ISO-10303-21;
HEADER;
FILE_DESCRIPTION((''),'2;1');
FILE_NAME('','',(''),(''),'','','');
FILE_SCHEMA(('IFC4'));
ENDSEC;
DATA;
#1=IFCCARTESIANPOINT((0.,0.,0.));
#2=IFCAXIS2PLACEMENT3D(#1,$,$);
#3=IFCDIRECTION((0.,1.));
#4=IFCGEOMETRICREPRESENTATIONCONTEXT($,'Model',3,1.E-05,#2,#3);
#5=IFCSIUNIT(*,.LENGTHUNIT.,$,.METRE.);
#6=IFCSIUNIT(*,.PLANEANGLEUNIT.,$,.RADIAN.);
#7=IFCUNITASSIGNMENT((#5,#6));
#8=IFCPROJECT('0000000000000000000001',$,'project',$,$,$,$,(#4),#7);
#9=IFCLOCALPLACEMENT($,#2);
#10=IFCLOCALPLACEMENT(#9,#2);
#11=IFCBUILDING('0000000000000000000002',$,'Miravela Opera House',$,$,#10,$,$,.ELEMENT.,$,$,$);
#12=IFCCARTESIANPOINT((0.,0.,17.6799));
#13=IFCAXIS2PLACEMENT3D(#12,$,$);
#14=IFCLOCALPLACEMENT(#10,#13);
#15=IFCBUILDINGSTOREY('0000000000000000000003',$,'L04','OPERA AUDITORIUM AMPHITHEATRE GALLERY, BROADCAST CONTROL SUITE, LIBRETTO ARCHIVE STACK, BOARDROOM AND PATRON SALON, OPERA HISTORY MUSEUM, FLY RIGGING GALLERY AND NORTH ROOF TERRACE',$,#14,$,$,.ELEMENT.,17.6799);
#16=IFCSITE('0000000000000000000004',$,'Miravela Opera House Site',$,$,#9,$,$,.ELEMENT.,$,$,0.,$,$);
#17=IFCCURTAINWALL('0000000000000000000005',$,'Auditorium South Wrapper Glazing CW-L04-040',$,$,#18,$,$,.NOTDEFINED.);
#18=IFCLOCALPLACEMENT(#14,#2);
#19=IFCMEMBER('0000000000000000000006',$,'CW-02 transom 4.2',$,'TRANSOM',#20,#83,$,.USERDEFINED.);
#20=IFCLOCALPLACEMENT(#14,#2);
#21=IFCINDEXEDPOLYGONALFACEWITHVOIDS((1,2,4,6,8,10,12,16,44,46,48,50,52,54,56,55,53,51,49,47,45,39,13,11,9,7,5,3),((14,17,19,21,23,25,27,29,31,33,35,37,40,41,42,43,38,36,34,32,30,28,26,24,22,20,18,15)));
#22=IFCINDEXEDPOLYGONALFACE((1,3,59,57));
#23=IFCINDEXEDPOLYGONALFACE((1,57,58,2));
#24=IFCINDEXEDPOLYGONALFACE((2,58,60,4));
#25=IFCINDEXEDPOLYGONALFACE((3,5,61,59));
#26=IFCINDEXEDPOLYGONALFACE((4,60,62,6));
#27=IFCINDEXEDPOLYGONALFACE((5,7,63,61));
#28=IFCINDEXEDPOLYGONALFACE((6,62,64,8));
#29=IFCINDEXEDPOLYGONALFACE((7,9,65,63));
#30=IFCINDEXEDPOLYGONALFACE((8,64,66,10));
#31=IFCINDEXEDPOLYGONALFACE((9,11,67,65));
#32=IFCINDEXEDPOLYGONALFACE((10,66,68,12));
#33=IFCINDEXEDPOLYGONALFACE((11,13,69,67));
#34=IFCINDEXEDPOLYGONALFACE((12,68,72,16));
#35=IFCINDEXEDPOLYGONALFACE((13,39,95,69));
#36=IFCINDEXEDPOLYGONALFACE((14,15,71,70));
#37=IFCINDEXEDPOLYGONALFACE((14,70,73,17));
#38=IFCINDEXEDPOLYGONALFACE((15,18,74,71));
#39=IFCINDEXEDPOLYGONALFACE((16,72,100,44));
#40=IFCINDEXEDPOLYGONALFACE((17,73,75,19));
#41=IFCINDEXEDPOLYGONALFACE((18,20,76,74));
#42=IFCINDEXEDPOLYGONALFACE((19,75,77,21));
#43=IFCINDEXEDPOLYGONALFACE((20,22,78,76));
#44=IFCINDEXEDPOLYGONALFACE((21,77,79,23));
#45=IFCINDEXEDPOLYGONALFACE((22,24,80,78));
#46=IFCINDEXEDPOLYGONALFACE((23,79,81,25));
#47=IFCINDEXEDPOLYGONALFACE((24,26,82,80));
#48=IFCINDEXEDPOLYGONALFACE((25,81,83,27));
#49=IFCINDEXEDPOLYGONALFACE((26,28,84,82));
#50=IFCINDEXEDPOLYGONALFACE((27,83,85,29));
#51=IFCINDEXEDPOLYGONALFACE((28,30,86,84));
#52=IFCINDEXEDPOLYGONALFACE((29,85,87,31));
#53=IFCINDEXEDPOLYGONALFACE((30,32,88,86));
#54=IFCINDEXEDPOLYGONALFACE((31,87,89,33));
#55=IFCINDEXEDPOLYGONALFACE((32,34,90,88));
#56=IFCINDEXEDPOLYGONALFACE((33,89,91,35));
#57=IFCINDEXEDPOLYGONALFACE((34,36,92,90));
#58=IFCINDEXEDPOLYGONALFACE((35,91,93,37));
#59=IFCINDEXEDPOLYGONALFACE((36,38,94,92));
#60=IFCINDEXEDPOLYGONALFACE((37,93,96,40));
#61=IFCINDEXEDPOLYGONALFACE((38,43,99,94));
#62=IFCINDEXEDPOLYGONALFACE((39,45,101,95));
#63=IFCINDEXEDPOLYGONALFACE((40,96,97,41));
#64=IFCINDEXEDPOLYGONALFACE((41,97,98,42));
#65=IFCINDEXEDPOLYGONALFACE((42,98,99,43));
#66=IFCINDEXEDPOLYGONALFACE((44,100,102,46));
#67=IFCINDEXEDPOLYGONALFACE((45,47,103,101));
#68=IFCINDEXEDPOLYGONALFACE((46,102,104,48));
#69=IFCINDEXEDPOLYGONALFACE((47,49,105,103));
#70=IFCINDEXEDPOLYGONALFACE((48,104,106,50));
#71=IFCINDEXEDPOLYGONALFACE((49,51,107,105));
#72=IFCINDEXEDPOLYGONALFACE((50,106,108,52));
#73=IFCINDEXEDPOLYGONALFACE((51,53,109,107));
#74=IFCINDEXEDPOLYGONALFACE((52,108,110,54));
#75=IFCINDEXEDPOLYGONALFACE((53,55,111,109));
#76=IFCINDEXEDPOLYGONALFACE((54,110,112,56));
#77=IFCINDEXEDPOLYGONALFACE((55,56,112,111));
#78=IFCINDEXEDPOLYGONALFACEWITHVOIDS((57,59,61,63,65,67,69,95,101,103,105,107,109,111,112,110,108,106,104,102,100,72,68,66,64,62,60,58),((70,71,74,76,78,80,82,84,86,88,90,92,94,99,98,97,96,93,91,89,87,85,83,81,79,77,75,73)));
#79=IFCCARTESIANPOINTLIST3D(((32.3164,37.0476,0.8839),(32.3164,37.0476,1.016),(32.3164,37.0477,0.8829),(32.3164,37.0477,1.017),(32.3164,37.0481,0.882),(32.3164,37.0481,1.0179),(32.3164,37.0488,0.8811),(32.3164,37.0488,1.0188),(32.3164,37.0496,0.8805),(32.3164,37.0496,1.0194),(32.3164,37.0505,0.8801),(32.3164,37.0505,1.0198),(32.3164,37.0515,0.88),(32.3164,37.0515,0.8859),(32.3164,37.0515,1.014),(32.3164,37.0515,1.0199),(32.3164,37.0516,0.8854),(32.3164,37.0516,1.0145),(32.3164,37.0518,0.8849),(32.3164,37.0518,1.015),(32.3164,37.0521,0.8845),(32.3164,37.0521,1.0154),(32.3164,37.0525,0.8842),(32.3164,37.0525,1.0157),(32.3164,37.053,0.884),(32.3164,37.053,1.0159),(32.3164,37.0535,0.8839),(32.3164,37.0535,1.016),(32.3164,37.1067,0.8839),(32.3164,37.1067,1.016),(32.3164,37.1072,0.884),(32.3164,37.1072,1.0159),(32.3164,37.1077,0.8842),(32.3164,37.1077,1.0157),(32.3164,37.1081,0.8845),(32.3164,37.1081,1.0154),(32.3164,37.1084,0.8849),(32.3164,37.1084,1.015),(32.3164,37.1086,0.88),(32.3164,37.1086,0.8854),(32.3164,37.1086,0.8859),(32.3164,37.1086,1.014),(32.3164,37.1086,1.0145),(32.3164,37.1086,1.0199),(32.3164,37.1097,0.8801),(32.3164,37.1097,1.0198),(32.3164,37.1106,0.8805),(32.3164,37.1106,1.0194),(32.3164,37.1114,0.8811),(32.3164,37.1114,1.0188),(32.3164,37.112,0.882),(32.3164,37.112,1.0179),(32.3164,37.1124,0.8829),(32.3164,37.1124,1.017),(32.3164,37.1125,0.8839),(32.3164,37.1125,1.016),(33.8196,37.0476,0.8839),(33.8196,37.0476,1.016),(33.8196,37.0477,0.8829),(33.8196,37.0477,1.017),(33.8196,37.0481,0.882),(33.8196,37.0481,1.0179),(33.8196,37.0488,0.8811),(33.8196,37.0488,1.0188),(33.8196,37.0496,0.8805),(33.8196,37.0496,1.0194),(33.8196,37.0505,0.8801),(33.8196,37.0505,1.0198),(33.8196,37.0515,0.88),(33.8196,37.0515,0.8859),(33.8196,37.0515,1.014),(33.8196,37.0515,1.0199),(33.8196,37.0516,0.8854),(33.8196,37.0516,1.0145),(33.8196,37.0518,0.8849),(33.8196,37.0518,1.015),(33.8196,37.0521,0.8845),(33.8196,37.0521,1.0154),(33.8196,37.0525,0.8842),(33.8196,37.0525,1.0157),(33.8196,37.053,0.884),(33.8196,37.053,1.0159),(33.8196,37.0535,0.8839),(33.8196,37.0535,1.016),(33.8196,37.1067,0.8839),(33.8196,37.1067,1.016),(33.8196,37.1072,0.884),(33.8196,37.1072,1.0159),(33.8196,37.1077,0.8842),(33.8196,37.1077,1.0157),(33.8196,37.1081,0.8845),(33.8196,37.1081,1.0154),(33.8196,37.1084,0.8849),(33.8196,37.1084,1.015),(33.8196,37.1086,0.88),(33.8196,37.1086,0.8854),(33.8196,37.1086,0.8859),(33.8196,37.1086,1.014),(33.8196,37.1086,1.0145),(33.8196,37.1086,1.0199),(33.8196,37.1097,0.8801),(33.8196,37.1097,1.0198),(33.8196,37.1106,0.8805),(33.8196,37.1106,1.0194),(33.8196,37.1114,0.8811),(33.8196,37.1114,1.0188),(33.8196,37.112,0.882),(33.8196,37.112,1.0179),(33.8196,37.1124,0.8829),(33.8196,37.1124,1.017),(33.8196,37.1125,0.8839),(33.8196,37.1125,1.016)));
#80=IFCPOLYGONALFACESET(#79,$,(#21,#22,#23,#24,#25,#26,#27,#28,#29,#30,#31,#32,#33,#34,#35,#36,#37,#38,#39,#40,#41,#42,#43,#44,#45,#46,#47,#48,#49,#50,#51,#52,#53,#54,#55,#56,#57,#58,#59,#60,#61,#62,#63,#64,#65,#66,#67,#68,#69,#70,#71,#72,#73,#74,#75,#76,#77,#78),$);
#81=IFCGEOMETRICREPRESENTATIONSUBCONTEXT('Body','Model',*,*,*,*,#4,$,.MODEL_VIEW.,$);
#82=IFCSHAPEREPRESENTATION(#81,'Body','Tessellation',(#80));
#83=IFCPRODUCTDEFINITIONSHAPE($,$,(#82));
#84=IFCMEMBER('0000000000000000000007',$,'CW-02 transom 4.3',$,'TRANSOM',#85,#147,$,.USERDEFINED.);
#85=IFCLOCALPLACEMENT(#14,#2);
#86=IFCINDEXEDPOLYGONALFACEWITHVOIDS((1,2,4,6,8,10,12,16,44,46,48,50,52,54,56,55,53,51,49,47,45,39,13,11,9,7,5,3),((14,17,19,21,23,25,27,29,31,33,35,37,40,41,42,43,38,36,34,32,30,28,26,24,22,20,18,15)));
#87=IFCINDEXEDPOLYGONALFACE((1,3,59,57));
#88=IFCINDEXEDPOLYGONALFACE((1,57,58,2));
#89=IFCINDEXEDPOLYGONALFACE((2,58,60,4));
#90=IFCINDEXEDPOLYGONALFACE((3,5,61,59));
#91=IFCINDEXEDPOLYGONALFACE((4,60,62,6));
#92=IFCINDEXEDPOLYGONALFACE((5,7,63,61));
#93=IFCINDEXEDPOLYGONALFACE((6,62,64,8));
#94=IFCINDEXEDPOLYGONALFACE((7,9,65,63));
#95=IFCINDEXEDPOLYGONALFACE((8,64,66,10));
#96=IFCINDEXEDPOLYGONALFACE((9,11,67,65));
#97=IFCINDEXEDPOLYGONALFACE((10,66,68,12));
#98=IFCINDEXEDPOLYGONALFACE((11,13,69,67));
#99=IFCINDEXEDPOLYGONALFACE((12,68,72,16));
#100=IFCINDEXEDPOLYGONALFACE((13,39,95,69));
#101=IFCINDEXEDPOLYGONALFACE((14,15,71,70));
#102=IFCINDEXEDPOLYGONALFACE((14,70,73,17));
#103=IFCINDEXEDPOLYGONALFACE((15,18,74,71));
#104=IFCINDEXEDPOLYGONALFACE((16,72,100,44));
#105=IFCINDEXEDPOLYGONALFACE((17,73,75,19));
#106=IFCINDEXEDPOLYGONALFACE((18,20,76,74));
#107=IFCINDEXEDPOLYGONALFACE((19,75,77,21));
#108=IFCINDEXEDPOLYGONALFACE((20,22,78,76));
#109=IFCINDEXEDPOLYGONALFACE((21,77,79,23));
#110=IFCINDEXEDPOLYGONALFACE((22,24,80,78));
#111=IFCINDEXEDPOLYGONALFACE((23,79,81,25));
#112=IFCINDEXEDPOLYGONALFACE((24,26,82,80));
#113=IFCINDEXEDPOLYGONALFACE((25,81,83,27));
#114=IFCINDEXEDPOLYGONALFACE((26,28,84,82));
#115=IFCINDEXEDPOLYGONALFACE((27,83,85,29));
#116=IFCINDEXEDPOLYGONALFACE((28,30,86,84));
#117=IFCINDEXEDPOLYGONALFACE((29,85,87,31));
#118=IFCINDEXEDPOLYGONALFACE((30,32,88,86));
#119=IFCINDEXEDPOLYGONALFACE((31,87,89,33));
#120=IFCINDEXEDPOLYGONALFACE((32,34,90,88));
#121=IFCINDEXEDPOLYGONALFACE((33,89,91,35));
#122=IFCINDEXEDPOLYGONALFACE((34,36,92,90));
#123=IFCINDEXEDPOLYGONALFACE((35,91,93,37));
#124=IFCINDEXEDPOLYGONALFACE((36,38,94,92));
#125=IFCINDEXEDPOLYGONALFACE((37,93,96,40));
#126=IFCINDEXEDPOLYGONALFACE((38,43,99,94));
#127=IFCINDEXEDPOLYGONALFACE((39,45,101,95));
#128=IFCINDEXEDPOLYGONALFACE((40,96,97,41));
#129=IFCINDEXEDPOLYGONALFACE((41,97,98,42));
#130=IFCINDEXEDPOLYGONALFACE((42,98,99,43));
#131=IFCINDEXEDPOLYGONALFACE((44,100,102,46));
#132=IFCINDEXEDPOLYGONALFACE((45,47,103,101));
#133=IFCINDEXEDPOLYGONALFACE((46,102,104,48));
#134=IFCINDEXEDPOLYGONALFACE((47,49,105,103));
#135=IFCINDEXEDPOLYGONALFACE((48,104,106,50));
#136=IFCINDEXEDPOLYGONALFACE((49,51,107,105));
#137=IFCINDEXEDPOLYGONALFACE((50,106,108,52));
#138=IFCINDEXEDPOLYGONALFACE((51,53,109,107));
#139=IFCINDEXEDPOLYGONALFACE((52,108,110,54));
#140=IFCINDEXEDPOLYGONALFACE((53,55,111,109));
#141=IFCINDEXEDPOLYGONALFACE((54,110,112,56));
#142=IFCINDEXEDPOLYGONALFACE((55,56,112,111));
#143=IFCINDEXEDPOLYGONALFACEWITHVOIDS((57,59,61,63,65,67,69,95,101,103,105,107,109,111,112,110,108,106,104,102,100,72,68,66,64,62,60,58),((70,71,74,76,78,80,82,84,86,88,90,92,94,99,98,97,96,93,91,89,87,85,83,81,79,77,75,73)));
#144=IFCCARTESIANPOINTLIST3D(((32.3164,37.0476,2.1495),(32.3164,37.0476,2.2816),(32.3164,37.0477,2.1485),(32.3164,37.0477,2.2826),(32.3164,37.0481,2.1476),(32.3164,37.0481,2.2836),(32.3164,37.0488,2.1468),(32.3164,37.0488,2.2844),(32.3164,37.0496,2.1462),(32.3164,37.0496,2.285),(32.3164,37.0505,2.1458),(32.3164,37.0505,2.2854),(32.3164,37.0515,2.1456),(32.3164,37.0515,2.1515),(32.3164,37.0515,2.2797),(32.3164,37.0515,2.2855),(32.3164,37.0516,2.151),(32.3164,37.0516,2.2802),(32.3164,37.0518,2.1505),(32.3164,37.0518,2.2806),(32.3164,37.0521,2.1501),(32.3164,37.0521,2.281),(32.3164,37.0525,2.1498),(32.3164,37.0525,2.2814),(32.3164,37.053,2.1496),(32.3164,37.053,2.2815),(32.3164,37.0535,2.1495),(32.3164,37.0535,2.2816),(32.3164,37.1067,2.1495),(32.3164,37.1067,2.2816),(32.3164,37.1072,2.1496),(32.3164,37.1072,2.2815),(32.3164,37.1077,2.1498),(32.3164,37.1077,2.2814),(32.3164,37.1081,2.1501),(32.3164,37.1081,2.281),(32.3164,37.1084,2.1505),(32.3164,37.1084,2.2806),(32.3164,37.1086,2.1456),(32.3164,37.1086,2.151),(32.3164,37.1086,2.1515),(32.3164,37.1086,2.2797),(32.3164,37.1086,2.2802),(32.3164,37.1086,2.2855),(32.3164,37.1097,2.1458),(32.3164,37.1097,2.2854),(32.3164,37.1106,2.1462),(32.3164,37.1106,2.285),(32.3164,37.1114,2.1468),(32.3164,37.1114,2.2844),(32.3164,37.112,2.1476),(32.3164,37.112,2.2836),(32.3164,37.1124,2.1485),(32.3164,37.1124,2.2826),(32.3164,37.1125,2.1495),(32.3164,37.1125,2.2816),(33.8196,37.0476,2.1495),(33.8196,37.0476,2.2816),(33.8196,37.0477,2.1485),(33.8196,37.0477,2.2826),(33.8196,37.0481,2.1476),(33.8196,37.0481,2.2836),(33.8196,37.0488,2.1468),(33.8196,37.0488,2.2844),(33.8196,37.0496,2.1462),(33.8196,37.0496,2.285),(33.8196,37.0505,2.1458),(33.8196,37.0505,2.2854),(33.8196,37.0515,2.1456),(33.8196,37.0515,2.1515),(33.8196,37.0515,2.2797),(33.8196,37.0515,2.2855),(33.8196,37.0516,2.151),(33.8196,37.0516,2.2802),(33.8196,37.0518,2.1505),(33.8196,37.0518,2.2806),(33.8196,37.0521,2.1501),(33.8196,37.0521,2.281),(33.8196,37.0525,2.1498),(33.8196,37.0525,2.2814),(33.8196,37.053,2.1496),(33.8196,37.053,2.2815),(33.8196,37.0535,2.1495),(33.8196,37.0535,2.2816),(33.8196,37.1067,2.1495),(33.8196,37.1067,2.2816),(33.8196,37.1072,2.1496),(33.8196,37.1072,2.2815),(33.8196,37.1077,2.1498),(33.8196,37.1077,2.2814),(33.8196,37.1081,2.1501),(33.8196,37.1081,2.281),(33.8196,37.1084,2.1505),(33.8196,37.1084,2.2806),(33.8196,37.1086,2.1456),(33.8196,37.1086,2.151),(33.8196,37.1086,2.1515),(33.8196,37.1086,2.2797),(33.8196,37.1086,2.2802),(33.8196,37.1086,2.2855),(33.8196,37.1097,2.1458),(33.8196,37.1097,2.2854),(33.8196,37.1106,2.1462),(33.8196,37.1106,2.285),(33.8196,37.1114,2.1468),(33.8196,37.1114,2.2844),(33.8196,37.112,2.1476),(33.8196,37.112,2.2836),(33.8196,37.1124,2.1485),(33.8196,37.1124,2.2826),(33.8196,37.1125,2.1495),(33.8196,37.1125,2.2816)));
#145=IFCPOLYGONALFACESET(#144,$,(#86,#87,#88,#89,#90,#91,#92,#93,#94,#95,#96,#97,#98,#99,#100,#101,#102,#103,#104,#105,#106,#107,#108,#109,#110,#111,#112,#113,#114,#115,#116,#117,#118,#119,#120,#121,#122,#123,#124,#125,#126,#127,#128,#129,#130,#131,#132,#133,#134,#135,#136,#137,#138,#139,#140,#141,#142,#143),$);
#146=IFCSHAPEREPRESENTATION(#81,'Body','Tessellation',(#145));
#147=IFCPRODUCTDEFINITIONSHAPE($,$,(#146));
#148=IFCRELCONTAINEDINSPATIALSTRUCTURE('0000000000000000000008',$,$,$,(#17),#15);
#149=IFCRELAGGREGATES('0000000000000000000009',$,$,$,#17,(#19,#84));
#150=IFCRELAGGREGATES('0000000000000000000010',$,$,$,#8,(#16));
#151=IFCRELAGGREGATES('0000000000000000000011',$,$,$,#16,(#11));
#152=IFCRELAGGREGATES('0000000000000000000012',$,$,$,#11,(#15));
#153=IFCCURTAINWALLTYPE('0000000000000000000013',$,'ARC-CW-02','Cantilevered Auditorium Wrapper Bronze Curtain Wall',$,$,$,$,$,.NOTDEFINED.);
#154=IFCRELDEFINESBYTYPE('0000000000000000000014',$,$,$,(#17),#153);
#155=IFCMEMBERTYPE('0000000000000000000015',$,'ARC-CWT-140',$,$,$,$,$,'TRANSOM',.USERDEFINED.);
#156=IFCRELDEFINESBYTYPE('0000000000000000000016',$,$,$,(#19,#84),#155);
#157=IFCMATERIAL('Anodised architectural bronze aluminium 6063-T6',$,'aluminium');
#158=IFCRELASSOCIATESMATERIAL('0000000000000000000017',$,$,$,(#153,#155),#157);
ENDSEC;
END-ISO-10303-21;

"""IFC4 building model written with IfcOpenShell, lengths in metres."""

from ifc_helpers import new_model, si_unit, direction, frame, origin, origin_2d, place, context, subcontext, project, spatial, hollow_rectangle, extrude, material, material_profile, profile_set, type_object, element, aggregate, save


model = new_model("IFC4")

# Units and contexts
model_context = context("Model", 3, precision=1e-05, world=origin(), true_north=direction((0.0, 1.0)))
body_context = subcontext(model_context, "Body", "Model", "MODEL_VIEW")
ifc_project = project(units=[si_unit("LENGTHUNIT", "METRE"), si_unit("PLANEANGLEUNIT", "RADIAN")], contexts=[model_context])

# Site, building, storey
site_placement = place(None, origin())
site = spatial("IfcSite", under=ifc_project, at=site_placement, Name="Miravela Opera House Site", CompositionType="ELEMENT", RefElevation=0.0)
building_placement = place(site_placement, origin())
building = spatial("IfcBuilding", under=site, at=building_placement, Name="Miravela Opera House", CompositionType="ELEMENT")
storey_placement = place(building_placement, frame((0.0, 0.0, 17.6799)))
storey = spatial("IfcBuildingStorey", under=building, at=storey_placement, Name="L04", Description="OPERA AUDITORIUM AMPHITHEATRE GALLERY, BROADCAST CONTROL SUITE, LIBRETTO ARCHIVE STACK, BOARDROOM AND PATRON SALON, OPERA HISTORY MUSEUM, FLY RIGGING GALLERY AND NORTH ROOF TERRACE", CompositionType="ELEMENT", Elevation=17.6799)

# Curtain wall, members
ifc_material_1 = material(Name="Anodised architectural bronze aluminium 6063-T6", Category="aluminium")
curtain_wall_type = type_object("IfcCurtainWallType", Name="ARC-CW-02", Description="Cantilevered Auditorium Wrapper Bronze Curtain Wall", PredefinedType="NOTDEFINED", material=ifc_material_1)
curtain_wall_placement = place(storey_placement, origin())
curtain_wall = element("IfcCurtainWall", 1, at=curtain_wall_placement, inside=storey, type_object=curtain_wall_type, Name="Auditorium South Wrapper Glazing CW-L04-040", PredefinedType="NOTDEFINED")
ifc_material_profile_1 = material_profile(ifc_material_1, hollow_rectangle(XDim=0.0649, YDim=0.1399, WallThickness=0.0039, InnerFilletRadius=0.002, OuterFilletRadius=0.0039, at=origin_2d()), Name="CWT-65X140")
ifc_profile_set_1 = profile_set([ifc_material_profile_1])
member_type_1 = type_object("IfcMemberType", Name="ARC-CWT-140", ElementType="TRANSOM", PredefinedType="USERDEFINED", material=ifc_profile_set_1)
member_1_placement = place(storey_placement, frame((32.3164, 37.0801, 0.95), z_axis=(1.0, 0.0, 0.0), x_axis=(0.0, 1.0, 0.0)))
member_1 = element("IfcMember", 2, at=member_1_placement, type_object=member_type_1, Name="CW-02 transom 4.2", ObjectType="TRANSOM", PredefinedType="USERDEFINED", context=body_context, shape_type="SweptSolid", body=[
    extrude(hollow_rectangle(XDim=0.0649, YDim=0.1399, WallThickness=0.0039, InnerFilletRadius=0.002, OuterFilletRadius=0.0039, at=origin_2d()), origin(), (0.0, 0.0, 1.0), 1.5032),
])
member_2_placement = place(storey_placement, frame((32.3164, 37.0801, 2.2156), z_axis=(1.0, 0.0, 0.0), x_axis=(0.0, 1.0, 0.0)))
member_2 = element("IfcMember", 3, at=member_2_placement, type_object=member_type_1, Name="CW-02 transom 4.3", ObjectType="TRANSOM", PredefinedType="USERDEFINED", context=body_context, shape_type="SweptSolid", body=[
    extrude(hollow_rectangle(XDim=0.0649, YDim=0.1399, WallThickness=0.0039, InnerFilletRadius=0.002, OuterFilletRadius=0.0039, at=origin_2d()), origin(), (0.0, 0.0, 1.0), 1.5032),
])

aggregate(curtain_wall, [member_1, member_2])

save(model, "model.ifc")
